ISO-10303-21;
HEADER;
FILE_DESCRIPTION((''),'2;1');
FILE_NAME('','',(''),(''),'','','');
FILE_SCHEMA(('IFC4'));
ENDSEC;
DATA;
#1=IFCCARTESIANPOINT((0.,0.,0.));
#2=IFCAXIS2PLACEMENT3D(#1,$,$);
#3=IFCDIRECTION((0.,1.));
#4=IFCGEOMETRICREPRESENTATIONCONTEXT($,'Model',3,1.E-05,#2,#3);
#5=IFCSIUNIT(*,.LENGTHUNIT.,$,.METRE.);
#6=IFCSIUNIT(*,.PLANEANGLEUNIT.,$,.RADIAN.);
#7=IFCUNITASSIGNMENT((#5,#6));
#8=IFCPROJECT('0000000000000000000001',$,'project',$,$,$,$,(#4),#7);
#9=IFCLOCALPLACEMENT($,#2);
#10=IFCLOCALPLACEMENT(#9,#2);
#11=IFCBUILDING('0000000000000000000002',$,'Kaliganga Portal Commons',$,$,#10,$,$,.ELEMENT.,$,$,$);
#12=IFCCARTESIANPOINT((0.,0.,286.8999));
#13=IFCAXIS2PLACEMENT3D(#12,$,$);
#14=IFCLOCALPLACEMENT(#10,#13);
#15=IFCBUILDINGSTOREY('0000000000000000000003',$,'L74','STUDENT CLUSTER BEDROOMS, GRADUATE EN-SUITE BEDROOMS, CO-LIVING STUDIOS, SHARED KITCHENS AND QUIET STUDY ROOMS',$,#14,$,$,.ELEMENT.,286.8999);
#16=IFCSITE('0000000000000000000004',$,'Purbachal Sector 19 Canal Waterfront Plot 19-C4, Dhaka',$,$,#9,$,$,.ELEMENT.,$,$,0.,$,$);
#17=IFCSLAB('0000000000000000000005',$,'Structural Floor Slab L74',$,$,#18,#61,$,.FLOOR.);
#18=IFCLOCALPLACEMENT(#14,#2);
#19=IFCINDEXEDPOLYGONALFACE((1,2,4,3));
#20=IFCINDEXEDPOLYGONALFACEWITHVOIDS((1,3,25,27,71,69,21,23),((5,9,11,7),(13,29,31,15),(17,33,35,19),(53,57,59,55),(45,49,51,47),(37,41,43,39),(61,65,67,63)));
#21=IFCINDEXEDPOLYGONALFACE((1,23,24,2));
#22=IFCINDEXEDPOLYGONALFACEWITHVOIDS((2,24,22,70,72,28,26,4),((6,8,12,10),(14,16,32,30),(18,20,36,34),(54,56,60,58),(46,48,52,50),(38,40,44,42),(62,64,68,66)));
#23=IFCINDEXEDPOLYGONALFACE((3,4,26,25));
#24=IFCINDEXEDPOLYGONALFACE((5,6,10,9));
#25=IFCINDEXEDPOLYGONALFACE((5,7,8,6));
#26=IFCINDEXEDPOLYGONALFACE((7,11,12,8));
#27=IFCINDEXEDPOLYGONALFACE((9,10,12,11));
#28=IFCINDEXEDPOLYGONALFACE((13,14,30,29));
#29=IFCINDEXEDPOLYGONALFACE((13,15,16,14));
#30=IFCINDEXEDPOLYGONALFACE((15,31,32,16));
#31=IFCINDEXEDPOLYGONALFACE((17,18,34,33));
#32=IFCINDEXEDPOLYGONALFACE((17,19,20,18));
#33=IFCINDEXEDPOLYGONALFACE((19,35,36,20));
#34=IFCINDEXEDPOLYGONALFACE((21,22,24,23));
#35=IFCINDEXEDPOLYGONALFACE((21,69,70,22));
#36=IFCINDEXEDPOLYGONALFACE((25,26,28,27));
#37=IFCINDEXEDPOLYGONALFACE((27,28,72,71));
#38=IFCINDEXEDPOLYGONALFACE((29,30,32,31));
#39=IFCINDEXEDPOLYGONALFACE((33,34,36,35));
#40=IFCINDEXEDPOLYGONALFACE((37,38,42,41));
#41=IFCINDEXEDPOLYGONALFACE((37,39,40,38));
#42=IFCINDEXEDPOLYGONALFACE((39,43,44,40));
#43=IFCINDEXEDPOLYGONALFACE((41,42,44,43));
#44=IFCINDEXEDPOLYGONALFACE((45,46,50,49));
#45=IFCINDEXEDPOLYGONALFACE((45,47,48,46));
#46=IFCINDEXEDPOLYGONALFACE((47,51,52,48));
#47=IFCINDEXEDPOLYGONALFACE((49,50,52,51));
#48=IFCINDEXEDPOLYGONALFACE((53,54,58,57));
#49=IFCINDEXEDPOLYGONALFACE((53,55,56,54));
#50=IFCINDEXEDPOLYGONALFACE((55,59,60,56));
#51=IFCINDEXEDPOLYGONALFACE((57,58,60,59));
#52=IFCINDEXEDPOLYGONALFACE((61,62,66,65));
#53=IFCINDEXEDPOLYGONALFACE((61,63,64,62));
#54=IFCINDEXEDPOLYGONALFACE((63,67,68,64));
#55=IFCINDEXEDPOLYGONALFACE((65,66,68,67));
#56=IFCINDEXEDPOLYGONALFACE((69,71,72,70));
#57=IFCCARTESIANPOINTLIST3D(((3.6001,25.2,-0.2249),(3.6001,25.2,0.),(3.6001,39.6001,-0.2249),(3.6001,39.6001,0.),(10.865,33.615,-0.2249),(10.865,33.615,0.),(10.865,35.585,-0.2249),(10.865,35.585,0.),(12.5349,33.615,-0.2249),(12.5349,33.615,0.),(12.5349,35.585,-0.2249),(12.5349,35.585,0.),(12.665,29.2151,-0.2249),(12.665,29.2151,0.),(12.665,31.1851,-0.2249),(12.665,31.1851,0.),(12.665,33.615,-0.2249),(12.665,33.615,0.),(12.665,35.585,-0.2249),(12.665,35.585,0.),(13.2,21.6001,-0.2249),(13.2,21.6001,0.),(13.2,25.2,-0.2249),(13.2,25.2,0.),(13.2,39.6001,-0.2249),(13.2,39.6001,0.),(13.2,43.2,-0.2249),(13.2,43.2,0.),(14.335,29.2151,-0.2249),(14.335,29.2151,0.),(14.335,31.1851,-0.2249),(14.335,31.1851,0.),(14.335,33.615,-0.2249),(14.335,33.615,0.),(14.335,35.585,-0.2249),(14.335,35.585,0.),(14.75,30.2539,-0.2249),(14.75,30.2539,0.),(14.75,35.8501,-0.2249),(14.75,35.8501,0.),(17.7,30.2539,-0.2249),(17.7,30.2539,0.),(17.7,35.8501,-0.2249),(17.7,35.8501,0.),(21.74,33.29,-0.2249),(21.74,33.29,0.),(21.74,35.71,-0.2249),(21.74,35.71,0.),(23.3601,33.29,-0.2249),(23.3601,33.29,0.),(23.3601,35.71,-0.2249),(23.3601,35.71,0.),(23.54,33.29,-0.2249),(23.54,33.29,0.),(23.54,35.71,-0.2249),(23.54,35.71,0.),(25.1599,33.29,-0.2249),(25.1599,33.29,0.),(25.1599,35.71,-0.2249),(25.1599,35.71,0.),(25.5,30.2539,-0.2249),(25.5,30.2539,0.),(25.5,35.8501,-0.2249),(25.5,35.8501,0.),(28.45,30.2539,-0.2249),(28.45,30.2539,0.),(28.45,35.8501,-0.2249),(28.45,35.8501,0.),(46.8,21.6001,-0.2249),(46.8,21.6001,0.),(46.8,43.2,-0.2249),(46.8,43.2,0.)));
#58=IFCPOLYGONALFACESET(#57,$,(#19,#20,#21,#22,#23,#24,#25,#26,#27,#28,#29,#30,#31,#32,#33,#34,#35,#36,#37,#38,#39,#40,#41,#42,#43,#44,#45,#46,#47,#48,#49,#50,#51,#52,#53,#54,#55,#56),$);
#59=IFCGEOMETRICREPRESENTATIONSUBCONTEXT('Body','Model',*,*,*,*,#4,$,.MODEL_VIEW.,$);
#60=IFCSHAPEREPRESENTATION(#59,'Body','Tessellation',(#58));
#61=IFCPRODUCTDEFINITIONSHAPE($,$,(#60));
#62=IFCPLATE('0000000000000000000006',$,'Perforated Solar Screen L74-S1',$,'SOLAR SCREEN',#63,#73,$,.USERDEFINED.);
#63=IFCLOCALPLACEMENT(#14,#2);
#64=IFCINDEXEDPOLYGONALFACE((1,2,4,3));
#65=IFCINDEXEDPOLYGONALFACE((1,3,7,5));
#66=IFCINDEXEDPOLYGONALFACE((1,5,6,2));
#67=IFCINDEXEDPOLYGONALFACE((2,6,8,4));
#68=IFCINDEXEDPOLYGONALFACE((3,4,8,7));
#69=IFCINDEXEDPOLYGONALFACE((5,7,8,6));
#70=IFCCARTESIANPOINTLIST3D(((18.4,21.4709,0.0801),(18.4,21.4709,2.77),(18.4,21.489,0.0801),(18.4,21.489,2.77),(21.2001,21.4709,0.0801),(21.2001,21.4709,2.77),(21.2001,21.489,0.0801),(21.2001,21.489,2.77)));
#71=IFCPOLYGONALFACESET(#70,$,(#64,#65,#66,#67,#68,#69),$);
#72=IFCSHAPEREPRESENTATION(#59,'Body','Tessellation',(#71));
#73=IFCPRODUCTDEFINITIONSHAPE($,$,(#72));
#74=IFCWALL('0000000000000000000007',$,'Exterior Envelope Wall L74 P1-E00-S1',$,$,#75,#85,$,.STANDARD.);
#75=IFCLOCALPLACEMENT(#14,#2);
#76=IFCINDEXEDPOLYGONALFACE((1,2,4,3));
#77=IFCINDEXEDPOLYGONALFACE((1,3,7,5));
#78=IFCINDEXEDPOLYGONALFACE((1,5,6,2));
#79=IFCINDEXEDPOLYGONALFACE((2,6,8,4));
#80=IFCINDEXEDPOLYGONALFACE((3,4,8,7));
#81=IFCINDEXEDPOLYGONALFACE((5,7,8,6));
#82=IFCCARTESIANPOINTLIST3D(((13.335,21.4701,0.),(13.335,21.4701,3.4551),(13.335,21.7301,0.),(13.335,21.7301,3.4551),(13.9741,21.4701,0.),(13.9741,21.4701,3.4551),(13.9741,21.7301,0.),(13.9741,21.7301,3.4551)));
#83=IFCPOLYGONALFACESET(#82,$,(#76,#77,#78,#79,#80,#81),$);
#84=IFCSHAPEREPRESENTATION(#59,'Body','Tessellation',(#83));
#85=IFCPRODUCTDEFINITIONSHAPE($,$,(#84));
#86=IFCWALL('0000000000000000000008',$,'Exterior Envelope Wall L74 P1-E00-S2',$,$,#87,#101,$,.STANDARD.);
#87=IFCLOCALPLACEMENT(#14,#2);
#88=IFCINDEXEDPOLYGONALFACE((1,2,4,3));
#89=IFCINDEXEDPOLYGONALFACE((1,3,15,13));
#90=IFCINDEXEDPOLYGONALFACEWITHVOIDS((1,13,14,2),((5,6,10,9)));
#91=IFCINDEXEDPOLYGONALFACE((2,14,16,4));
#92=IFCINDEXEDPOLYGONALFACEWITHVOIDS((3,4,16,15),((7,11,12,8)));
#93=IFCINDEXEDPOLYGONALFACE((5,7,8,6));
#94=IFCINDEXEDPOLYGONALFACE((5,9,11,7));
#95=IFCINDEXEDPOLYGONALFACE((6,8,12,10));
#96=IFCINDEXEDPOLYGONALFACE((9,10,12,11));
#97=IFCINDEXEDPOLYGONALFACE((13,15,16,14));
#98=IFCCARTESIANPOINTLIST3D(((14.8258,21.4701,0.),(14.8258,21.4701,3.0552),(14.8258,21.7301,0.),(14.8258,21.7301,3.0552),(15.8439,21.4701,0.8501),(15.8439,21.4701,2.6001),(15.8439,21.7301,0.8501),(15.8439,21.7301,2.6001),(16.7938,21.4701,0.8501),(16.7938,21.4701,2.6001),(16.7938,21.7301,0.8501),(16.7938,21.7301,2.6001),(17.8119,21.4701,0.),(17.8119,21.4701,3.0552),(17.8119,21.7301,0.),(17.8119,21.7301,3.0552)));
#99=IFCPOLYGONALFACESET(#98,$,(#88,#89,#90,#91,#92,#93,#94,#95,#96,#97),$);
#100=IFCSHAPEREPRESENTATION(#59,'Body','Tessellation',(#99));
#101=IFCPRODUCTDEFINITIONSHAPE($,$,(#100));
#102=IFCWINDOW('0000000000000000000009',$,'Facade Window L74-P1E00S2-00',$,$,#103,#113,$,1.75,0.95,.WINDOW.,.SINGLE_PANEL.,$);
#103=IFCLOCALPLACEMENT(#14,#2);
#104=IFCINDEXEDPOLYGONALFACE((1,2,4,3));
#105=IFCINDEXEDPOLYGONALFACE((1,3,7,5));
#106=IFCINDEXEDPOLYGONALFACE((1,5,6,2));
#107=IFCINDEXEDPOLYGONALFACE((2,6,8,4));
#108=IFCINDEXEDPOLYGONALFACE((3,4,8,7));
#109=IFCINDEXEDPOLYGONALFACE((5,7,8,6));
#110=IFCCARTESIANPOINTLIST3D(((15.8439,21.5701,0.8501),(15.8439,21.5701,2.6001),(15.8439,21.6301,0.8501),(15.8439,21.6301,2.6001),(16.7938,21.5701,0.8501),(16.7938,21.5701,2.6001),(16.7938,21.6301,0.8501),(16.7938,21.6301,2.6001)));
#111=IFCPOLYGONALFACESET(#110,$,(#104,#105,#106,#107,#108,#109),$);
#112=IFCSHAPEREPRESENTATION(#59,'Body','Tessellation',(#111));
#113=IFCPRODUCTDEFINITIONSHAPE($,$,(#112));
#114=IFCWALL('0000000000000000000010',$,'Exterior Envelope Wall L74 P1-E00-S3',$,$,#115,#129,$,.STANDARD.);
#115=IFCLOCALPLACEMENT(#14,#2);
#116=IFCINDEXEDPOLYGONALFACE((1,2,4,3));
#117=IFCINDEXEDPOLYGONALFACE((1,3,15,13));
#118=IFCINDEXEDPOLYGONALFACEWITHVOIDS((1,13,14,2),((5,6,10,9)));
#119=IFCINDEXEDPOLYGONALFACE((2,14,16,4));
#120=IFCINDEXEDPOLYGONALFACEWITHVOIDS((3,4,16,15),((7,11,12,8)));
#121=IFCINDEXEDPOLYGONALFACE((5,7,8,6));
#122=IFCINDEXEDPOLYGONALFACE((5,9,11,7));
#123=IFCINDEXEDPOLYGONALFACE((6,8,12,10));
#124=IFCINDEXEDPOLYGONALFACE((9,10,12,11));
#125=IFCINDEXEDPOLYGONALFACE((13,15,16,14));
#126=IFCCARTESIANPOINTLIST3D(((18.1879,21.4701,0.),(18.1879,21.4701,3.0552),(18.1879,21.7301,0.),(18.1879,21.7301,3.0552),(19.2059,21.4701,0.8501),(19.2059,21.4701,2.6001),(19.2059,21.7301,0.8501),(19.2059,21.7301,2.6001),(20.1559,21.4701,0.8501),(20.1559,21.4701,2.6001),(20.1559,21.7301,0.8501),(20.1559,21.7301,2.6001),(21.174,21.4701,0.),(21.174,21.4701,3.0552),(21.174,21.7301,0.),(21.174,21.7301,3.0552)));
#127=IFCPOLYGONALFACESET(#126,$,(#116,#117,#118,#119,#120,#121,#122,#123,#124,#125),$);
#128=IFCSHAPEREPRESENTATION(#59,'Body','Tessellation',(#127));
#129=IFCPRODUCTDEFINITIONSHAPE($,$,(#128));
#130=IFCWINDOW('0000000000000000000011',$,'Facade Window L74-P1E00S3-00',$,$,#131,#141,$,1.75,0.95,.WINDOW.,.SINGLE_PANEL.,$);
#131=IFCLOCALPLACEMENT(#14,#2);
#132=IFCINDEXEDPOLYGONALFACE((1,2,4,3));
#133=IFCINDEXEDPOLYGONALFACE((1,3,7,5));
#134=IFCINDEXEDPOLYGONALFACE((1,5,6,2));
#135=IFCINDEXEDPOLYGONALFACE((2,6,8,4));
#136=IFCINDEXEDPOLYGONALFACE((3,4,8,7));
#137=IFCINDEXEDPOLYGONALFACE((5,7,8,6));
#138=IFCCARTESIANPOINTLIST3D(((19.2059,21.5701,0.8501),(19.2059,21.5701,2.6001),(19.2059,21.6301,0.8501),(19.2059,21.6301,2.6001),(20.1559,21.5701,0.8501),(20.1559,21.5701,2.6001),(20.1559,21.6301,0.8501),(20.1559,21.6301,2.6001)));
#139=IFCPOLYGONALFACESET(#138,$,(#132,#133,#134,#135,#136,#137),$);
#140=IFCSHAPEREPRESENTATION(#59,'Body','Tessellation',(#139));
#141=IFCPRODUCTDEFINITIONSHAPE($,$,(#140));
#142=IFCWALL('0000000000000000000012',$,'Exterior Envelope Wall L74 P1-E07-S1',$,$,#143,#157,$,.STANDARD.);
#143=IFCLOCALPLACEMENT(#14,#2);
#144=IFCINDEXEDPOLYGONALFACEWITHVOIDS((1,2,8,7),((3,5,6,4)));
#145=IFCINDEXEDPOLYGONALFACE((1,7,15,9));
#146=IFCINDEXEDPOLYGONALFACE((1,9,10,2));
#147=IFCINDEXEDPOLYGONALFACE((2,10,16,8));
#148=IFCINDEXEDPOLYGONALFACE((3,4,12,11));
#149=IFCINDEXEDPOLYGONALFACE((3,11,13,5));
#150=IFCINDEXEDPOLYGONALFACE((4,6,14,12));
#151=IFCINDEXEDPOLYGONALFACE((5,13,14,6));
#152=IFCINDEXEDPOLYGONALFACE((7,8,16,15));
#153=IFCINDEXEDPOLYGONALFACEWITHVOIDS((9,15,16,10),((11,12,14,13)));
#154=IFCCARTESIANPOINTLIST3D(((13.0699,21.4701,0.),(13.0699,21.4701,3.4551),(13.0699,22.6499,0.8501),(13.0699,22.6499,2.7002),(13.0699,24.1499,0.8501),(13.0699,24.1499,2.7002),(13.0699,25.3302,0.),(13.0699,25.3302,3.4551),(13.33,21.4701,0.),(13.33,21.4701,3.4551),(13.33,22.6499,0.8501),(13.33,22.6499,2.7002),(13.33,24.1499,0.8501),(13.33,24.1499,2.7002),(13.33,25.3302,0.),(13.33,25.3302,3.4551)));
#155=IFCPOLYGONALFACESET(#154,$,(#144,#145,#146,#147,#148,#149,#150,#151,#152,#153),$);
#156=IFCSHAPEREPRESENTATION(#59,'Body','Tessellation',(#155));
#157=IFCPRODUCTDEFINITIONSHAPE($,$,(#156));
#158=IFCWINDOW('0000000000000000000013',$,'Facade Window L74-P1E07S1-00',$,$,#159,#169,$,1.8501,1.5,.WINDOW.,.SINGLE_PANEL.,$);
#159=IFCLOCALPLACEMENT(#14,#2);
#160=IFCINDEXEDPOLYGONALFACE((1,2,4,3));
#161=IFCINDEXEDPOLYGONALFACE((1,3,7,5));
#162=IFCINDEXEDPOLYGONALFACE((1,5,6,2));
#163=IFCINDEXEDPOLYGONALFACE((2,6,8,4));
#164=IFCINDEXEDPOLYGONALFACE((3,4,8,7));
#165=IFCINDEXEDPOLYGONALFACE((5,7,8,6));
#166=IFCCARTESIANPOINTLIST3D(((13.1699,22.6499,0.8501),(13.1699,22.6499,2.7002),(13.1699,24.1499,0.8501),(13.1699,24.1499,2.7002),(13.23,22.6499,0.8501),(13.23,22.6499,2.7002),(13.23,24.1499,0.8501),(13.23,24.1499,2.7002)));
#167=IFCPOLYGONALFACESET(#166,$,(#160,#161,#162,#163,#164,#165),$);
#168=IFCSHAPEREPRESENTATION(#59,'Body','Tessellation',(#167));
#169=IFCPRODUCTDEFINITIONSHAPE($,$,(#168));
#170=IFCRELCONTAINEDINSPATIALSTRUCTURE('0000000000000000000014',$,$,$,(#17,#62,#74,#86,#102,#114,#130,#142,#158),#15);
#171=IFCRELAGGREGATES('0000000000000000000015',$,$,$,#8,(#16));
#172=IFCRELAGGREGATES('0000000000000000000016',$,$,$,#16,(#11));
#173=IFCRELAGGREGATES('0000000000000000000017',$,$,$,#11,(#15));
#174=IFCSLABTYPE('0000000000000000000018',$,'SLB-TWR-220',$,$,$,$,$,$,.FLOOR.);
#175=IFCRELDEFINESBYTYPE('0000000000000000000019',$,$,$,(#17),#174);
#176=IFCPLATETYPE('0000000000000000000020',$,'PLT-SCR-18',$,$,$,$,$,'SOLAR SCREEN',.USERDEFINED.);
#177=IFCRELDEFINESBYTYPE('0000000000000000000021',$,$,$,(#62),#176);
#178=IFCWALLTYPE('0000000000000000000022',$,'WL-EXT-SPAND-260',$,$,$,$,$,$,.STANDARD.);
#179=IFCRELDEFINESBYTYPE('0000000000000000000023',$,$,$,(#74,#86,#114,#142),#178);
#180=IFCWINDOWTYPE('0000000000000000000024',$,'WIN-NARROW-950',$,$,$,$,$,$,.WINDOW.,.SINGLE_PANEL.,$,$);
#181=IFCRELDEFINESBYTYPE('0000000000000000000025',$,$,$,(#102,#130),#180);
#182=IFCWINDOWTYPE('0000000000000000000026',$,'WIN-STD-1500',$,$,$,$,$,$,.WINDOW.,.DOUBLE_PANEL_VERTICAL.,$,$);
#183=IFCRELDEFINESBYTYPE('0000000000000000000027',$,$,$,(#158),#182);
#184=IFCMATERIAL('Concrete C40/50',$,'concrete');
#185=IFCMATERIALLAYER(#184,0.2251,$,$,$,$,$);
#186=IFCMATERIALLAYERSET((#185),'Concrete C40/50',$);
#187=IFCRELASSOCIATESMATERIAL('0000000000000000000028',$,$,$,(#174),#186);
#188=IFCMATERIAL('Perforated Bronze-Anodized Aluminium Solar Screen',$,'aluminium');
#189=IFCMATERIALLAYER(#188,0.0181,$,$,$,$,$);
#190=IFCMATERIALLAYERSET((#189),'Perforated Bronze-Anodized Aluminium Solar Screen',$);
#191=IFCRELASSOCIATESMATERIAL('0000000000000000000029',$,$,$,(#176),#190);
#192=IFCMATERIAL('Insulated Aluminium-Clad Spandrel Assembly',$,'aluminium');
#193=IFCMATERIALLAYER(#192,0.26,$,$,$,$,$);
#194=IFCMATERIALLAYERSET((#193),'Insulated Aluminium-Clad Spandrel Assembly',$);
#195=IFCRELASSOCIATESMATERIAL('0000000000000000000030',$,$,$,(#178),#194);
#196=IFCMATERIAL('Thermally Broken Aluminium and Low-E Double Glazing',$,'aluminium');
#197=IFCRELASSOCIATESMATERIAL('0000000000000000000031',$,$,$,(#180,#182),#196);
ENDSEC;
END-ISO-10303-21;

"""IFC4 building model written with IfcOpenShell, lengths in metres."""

from ifc_helpers import new_model, si_unit, direction, frame, frame_2d, origin, origin_2d, place, context, subcontext, project, spatial, polyline, rectangle, outline, extrude, source, transform, mapped, material, layer, layer_set, type_object, element, fill, save


model = new_model("IFC4")

# Units and contexts
model_context = context("Model", 3, precision=1e-05, world=origin(), true_north=direction((0.0, 1.0)))
body_context = subcontext(model_context, "Body", "Model", "MODEL_VIEW")
ifc_project = project(units=[si_unit("LENGTHUNIT", "METRE"), si_unit("PLANEANGLEUNIT", "RADIAN")], contexts=[model_context])

# Site, building, storey
site_placement = place(None, origin())
site = spatial("IfcSite", under=ifc_project, at=site_placement, Name="Purbachal Sector 19 Canal Waterfront Plot 19-C4, Dhaka", CompositionType="ELEMENT", RefElevation=0.0)
building_placement = place(site_placement, origin())
building = spatial("IfcBuilding", under=site, at=building_placement, Name="Kaliganga Portal Commons", CompositionType="ELEMENT")
storey_placement = place(building_placement, frame((0.0, 0.0, 286.8999)))
storey = spatial("IfcBuildingStorey", under=building, at=storey_placement, Name="L74", Description="STUDENT CLUSTER BEDROOMS, GRADUATE EN-SUITE BEDROOMS, CO-LIVING STUDIOS, SHARED KITCHENS AND QUIET STUDY ROOMS", CompositionType="ELEMENT", Elevation=286.8999)

# Shared definitions
ifc_material_1 = material(Name="Concrete C40/50", Category="concrete")

# Slab
ifc_layer_1 = layer(ifc_material_1, 0.2251)
ifc_layer_set_1 = layer_set([ifc_layer_1], Name="Concrete C40/50")
slab_type_1 = type_object("IfcSlabType", Name="SLB-TWR-220", PredefinedType="FLOOR", material=ifc_layer_set_1)
slab_1_placement = place(storey_placement, frame((0.0, 0.0, -0.2249)))
element("IfcSlab", 1, at=slab_1_placement, inside=storey, type_object=slab_type_1, Name="Structural Floor Slab L74", PredefinedType="FLOOR", context=body_context, shape_type="SweptSolid", body=[
    extrude(outline(polyline([(13.2, 21.6001), (46.8, 21.6001), (46.8, 43.2), (13.2, 43.2), (13.2, 39.6001), (3.6001, 39.6001), (3.6001, 25.2), (13.2, 25.2), (13.2, 21.6001)]), holes=[polyline([(14.75, 30.2539), (14.75, 35.8501), (17.7, 35.8501), (17.7, 30.2539), (14.75, 30.2539)]), polyline([(25.5, 30.2539), (25.5, 35.8501), (28.45, 35.8501), (28.45, 30.2539), (25.5, 30.2539)]), polyline([(12.665, 33.615), (12.665, 35.585), (14.335, 35.585), (14.335, 33.615), (12.665, 33.615)]), polyline([(12.665, 29.2151), (12.665, 31.1851), (14.335, 31.1851), (14.335, 29.2151), (12.665, 29.2151)]), polyline([(10.865, 33.615), (10.865, 35.585), (12.5349, 35.585), (12.5349, 33.615), (10.865, 33.615)]), polyline([(21.74, 33.29), (21.74, 35.71), (23.3601, 35.71), (23.3601, 33.29), (21.74, 33.29)]), polyline([(23.54, 33.29), (23.54, 35.71), (25.1599, 35.71), (25.1599, 33.29), (23.54, 33.29)])]), origin(), (0.0, 0.0, 1.0), 0.2249),
])

# Plate
ifc_material_2 = material(Name="Perforated Bronze-Anodized Aluminium Solar Screen", Category="aluminium")
ifc_layer_2 = layer(ifc_material_2, 0.0181)
ifc_layer_set_2 = layer_set([ifc_layer_2], Name="Perforated Bronze-Anodized Aluminium Solar Screen")
plate_type = type_object("IfcPlateType", Name="PLT-SCR-18", ElementType="SOLAR SCREEN", PredefinedType="USERDEFINED", material=ifc_layer_set_2)
shared_shape_1 = source(origin(), body_context, "Body", "SweptSolid", [
    extrude(rectangle(XDim=2.8, YDim=0.0181, at=origin_2d()), origin(), (0.0, 0.0, 1.0), 2.6899),
])
plate_placement = place(storey_placement, frame((19.8, 21.48, 0.0801), z_axis=(0.0, 0.0, 1.0), x_axis=(1.0, 0.0, 0.0)))
element("IfcPlate", 2, at=plate_placement, inside=storey, type_object=plate_type, Name="Perforated Solar Screen L74-S1", ObjectType="SOLAR SCREEN", PredefinedType="USERDEFINED", context=body_context, shape_type="MappedRepresentation", body=[
    mapped(shared_shape_1, transform((0.0, 0.0, 0.0), x_axis=(1.0, 0.0, 0.0), y_axis=(0.0, 1.0, 0.0), z_axis=(0.0, 0.0, 1.0), scale=1.0)),
])

# Wall
ifc_material_3 = material(Name="Insulated Aluminium-Clad Spandrel Assembly", Category="aluminium")
ifc_layer_3 = layer(ifc_material_3, 0.26)
ifc_layer_set_3 = layer_set([ifc_layer_3], Name="Insulated Aluminium-Clad Spandrel Assembly")
wall_type = type_object("IfcWallType", Name="WL-EXT-SPAND-260", PredefinedType="STANDARD", material=ifc_layer_set_3)
wall_1_placement = place(storey_placement, frame((13.9741, 21.6001, 0.0), z_axis=(0.0, 0.0, 1.0), x_axis=(-1.0, 0.0, 0.0)))
element("IfcWall", 3, at=wall_1_placement, inside=storey, type_object=wall_type, Name="Exterior Envelope Wall L74 P1-E00-S1", PredefinedType="STANDARD", context=body_context, shape_type="SweptSolid", body=[
    extrude(rectangle(XDim=0.6392, YDim=0.26, at=frame_2d((0.3196, 0.0))), origin(), (0.0, 0.0, 1.0), 3.4551),
])

# Walls, openings, windows
wall_2_placement = place(storey_placement, frame((17.812, 21.6001, 0.0), z_axis=(0.0, 0.0, 1.0), x_axis=(-1.0, 0.0, 0.0)))
wall_2 = element("IfcWall", 4, at=wall_2_placement, inside=storey, type_object=wall_type, Name="Exterior Envelope Wall L74 P1-E00-S2", PredefinedType="STANDARD", context=body_context, shape_type="SweptSolid", body=[
    extrude(rectangle(XDim=2.9861, YDim=0.26, at=frame_2d((1.4932, 0.0))), origin(), (0.0, 0.0, 1.0), 3.0552),
])
opening_1_placement = place(wall_2_placement, frame((1.0181, 0.0, 0.8501)))
opening_1 = element("IfcOpeningElement", 5, at=opening_1_placement, cuts=wall_2, PredefinedType="OPENING", context=body_context, shape_type="SweptSolid", body=[
    extrude(rectangle(XDim=0.95, YDim=1.75, at=frame_2d((0.4751, 0.875))), frame((0.0, 0.1401, 0.0), z_axis=(0.0, -1.0, 0.0), x_axis=(1.0, 0.0, 0.0)), (0.0, 0.0, 1.0), 0.28),
])
ifc_material_4 = material(Name="Thermally Broken Aluminium and Low-E Double Glazing", Category="aluminium")
window_type_1 = type_object("IfcWindowType", Name="WIN-NARROW-950", PartitioningType="SINGLE_PANEL", PredefinedType="WINDOW", material=ifc_material_4)
window_1_placement = place(opening_1_placement, origin())
window_1 = element("IfcWindow", 6, at=window_1_placement, inside=storey, type_object=window_type_1, Name="Facade Window L74-P1E00S2-00", OverallHeight=1.75, OverallWidth=0.95, PartitioningType="SINGLE_PANEL", PredefinedType="WINDOW", context=body_context, shape_type="SweptSolid", body=[
    extrude(rectangle(XDim=0.95, YDim=1.75, at=frame_2d((0.4751, 0.875))), frame((0.0, 0.03, 0.0), z_axis=(0.0, -1.0, 0.0), x_axis=(1.0, 0.0, 0.0)), (0.0, 0.0, 1.0), 0.0601),
])
fill(opening_1, window_1)
wall_3_placement = place(storey_placement, frame((21.1741, 21.6001, 0.0), z_axis=(0.0, 0.0, 1.0), x_axis=(-1.0, 0.0, 0.0)))
wall_3 = element("IfcWall", 7, at=wall_3_placement, inside=storey, type_object=wall_type, Name="Exterior Envelope Wall L74 P1-E00-S3", PredefinedType="STANDARD", context=body_context, shape_type="SweptSolid", body=[
    extrude(rectangle(XDim=2.9861, YDim=0.26, at=frame_2d((1.4932, 0.0))), origin(), (0.0, 0.0, 1.0), 3.0552),
])
opening_2_placement = place(wall_3_placement, frame((1.0181, 0.0, 0.8501)))
opening_2 = element("IfcOpeningElement", 8, at=opening_2_placement, cuts=wall_3, PredefinedType="OPENING", context=body_context, shape_type="SweptSolid", body=[
    extrude(rectangle(XDim=0.95, YDim=1.75, at=frame_2d((0.4751, 0.875))), frame((0.0, 0.1401, 0.0), z_axis=(0.0, -1.0, 0.0), x_axis=(1.0, 0.0, 0.0)), (0.0, 0.0, 1.0), 0.28),
])
window_2_placement = place(opening_2_placement, origin())
window_2 = element("IfcWindow", 9, at=window_2_placement, inside=storey, type_object=window_type_1, Name="Facade Window L74-P1E00S3-00", OverallHeight=1.75, OverallWidth=0.95, PartitioningType="SINGLE_PANEL", PredefinedType="WINDOW", context=body_context, shape_type="SweptSolid", body=[
    extrude(rectangle(XDim=0.95, YDim=1.75, at=frame_2d((0.4751, 0.875))), frame((0.0, 0.03, 0.0), z_axis=(0.0, -1.0, 0.0), x_axis=(1.0, 0.0, 0.0)), (0.0, 0.0, 1.0), 0.0601),
])
fill(opening_2, window_2)
wall_4_placement = place(storey_placement, frame((13.2, 21.47, 0.0), z_axis=(0.0, 0.0, 1.0), x_axis=(0.0, 1.0, 0.0)))
wall_4 = element("IfcWall", 10, at=wall_4_placement, inside=storey, type_object=wall_type, Name="Exterior Envelope Wall L74 P1-E07-S1", PredefinedType="STANDARD", context=body_context, shape_type="SweptSolid", body=[
    extrude(rectangle(XDim=3.8601, YDim=0.26, at=frame_2d((1.9302, 0.0))), origin(), (0.0, 0.0, 1.0), 3.4551),
])
opening_3_placement = place(wall_4_placement, frame((1.1799, 0.0, 0.8501)))
opening_3 = element("IfcOpeningElement", 11, at=opening_3_placement, cuts=wall_4, PredefinedType="OPENING", context=body_context, shape_type="SweptSolid", body=[
    extrude(rectangle(XDim=1.5, YDim=1.8501, at=frame_2d((0.75, 0.925))), frame((0.0, 0.1401, 0.0), z_axis=(0.0, -1.0, 0.0), x_axis=(1.0, 0.0, 0.0)), (0.0, 0.0, 1.0), 0.28),
])
window_type_2 = type_object("IfcWindowType", Name="WIN-STD-1500", PartitioningType="DOUBLE_PANEL_VERTICAL", PredefinedType="WINDOW", material=ifc_material_4)
window_3_placement = place(opening_3_placement, origin())
window_3 = element("IfcWindow", 12, at=window_3_placement, inside=storey, type_object=window_type_2, Name="Facade Window L74-P1E07S1-00", OverallHeight=1.8501, OverallWidth=1.5, PartitioningType="SINGLE_PANEL", PredefinedType="WINDOW", context=body_context, shape_type="SweptSolid", body=[
    extrude(rectangle(XDim=1.5, YDim=1.8501, at=frame_2d((0.75, 0.925))), frame((0.0, 0.03, 0.0), z_axis=(0.0, -1.0, 0.0), x_axis=(1.0, 0.0, 0.0)), (0.0, 0.0, 1.0), 0.0601),
])
fill(opening_3, window_3)

save(model, "model.ifc")
